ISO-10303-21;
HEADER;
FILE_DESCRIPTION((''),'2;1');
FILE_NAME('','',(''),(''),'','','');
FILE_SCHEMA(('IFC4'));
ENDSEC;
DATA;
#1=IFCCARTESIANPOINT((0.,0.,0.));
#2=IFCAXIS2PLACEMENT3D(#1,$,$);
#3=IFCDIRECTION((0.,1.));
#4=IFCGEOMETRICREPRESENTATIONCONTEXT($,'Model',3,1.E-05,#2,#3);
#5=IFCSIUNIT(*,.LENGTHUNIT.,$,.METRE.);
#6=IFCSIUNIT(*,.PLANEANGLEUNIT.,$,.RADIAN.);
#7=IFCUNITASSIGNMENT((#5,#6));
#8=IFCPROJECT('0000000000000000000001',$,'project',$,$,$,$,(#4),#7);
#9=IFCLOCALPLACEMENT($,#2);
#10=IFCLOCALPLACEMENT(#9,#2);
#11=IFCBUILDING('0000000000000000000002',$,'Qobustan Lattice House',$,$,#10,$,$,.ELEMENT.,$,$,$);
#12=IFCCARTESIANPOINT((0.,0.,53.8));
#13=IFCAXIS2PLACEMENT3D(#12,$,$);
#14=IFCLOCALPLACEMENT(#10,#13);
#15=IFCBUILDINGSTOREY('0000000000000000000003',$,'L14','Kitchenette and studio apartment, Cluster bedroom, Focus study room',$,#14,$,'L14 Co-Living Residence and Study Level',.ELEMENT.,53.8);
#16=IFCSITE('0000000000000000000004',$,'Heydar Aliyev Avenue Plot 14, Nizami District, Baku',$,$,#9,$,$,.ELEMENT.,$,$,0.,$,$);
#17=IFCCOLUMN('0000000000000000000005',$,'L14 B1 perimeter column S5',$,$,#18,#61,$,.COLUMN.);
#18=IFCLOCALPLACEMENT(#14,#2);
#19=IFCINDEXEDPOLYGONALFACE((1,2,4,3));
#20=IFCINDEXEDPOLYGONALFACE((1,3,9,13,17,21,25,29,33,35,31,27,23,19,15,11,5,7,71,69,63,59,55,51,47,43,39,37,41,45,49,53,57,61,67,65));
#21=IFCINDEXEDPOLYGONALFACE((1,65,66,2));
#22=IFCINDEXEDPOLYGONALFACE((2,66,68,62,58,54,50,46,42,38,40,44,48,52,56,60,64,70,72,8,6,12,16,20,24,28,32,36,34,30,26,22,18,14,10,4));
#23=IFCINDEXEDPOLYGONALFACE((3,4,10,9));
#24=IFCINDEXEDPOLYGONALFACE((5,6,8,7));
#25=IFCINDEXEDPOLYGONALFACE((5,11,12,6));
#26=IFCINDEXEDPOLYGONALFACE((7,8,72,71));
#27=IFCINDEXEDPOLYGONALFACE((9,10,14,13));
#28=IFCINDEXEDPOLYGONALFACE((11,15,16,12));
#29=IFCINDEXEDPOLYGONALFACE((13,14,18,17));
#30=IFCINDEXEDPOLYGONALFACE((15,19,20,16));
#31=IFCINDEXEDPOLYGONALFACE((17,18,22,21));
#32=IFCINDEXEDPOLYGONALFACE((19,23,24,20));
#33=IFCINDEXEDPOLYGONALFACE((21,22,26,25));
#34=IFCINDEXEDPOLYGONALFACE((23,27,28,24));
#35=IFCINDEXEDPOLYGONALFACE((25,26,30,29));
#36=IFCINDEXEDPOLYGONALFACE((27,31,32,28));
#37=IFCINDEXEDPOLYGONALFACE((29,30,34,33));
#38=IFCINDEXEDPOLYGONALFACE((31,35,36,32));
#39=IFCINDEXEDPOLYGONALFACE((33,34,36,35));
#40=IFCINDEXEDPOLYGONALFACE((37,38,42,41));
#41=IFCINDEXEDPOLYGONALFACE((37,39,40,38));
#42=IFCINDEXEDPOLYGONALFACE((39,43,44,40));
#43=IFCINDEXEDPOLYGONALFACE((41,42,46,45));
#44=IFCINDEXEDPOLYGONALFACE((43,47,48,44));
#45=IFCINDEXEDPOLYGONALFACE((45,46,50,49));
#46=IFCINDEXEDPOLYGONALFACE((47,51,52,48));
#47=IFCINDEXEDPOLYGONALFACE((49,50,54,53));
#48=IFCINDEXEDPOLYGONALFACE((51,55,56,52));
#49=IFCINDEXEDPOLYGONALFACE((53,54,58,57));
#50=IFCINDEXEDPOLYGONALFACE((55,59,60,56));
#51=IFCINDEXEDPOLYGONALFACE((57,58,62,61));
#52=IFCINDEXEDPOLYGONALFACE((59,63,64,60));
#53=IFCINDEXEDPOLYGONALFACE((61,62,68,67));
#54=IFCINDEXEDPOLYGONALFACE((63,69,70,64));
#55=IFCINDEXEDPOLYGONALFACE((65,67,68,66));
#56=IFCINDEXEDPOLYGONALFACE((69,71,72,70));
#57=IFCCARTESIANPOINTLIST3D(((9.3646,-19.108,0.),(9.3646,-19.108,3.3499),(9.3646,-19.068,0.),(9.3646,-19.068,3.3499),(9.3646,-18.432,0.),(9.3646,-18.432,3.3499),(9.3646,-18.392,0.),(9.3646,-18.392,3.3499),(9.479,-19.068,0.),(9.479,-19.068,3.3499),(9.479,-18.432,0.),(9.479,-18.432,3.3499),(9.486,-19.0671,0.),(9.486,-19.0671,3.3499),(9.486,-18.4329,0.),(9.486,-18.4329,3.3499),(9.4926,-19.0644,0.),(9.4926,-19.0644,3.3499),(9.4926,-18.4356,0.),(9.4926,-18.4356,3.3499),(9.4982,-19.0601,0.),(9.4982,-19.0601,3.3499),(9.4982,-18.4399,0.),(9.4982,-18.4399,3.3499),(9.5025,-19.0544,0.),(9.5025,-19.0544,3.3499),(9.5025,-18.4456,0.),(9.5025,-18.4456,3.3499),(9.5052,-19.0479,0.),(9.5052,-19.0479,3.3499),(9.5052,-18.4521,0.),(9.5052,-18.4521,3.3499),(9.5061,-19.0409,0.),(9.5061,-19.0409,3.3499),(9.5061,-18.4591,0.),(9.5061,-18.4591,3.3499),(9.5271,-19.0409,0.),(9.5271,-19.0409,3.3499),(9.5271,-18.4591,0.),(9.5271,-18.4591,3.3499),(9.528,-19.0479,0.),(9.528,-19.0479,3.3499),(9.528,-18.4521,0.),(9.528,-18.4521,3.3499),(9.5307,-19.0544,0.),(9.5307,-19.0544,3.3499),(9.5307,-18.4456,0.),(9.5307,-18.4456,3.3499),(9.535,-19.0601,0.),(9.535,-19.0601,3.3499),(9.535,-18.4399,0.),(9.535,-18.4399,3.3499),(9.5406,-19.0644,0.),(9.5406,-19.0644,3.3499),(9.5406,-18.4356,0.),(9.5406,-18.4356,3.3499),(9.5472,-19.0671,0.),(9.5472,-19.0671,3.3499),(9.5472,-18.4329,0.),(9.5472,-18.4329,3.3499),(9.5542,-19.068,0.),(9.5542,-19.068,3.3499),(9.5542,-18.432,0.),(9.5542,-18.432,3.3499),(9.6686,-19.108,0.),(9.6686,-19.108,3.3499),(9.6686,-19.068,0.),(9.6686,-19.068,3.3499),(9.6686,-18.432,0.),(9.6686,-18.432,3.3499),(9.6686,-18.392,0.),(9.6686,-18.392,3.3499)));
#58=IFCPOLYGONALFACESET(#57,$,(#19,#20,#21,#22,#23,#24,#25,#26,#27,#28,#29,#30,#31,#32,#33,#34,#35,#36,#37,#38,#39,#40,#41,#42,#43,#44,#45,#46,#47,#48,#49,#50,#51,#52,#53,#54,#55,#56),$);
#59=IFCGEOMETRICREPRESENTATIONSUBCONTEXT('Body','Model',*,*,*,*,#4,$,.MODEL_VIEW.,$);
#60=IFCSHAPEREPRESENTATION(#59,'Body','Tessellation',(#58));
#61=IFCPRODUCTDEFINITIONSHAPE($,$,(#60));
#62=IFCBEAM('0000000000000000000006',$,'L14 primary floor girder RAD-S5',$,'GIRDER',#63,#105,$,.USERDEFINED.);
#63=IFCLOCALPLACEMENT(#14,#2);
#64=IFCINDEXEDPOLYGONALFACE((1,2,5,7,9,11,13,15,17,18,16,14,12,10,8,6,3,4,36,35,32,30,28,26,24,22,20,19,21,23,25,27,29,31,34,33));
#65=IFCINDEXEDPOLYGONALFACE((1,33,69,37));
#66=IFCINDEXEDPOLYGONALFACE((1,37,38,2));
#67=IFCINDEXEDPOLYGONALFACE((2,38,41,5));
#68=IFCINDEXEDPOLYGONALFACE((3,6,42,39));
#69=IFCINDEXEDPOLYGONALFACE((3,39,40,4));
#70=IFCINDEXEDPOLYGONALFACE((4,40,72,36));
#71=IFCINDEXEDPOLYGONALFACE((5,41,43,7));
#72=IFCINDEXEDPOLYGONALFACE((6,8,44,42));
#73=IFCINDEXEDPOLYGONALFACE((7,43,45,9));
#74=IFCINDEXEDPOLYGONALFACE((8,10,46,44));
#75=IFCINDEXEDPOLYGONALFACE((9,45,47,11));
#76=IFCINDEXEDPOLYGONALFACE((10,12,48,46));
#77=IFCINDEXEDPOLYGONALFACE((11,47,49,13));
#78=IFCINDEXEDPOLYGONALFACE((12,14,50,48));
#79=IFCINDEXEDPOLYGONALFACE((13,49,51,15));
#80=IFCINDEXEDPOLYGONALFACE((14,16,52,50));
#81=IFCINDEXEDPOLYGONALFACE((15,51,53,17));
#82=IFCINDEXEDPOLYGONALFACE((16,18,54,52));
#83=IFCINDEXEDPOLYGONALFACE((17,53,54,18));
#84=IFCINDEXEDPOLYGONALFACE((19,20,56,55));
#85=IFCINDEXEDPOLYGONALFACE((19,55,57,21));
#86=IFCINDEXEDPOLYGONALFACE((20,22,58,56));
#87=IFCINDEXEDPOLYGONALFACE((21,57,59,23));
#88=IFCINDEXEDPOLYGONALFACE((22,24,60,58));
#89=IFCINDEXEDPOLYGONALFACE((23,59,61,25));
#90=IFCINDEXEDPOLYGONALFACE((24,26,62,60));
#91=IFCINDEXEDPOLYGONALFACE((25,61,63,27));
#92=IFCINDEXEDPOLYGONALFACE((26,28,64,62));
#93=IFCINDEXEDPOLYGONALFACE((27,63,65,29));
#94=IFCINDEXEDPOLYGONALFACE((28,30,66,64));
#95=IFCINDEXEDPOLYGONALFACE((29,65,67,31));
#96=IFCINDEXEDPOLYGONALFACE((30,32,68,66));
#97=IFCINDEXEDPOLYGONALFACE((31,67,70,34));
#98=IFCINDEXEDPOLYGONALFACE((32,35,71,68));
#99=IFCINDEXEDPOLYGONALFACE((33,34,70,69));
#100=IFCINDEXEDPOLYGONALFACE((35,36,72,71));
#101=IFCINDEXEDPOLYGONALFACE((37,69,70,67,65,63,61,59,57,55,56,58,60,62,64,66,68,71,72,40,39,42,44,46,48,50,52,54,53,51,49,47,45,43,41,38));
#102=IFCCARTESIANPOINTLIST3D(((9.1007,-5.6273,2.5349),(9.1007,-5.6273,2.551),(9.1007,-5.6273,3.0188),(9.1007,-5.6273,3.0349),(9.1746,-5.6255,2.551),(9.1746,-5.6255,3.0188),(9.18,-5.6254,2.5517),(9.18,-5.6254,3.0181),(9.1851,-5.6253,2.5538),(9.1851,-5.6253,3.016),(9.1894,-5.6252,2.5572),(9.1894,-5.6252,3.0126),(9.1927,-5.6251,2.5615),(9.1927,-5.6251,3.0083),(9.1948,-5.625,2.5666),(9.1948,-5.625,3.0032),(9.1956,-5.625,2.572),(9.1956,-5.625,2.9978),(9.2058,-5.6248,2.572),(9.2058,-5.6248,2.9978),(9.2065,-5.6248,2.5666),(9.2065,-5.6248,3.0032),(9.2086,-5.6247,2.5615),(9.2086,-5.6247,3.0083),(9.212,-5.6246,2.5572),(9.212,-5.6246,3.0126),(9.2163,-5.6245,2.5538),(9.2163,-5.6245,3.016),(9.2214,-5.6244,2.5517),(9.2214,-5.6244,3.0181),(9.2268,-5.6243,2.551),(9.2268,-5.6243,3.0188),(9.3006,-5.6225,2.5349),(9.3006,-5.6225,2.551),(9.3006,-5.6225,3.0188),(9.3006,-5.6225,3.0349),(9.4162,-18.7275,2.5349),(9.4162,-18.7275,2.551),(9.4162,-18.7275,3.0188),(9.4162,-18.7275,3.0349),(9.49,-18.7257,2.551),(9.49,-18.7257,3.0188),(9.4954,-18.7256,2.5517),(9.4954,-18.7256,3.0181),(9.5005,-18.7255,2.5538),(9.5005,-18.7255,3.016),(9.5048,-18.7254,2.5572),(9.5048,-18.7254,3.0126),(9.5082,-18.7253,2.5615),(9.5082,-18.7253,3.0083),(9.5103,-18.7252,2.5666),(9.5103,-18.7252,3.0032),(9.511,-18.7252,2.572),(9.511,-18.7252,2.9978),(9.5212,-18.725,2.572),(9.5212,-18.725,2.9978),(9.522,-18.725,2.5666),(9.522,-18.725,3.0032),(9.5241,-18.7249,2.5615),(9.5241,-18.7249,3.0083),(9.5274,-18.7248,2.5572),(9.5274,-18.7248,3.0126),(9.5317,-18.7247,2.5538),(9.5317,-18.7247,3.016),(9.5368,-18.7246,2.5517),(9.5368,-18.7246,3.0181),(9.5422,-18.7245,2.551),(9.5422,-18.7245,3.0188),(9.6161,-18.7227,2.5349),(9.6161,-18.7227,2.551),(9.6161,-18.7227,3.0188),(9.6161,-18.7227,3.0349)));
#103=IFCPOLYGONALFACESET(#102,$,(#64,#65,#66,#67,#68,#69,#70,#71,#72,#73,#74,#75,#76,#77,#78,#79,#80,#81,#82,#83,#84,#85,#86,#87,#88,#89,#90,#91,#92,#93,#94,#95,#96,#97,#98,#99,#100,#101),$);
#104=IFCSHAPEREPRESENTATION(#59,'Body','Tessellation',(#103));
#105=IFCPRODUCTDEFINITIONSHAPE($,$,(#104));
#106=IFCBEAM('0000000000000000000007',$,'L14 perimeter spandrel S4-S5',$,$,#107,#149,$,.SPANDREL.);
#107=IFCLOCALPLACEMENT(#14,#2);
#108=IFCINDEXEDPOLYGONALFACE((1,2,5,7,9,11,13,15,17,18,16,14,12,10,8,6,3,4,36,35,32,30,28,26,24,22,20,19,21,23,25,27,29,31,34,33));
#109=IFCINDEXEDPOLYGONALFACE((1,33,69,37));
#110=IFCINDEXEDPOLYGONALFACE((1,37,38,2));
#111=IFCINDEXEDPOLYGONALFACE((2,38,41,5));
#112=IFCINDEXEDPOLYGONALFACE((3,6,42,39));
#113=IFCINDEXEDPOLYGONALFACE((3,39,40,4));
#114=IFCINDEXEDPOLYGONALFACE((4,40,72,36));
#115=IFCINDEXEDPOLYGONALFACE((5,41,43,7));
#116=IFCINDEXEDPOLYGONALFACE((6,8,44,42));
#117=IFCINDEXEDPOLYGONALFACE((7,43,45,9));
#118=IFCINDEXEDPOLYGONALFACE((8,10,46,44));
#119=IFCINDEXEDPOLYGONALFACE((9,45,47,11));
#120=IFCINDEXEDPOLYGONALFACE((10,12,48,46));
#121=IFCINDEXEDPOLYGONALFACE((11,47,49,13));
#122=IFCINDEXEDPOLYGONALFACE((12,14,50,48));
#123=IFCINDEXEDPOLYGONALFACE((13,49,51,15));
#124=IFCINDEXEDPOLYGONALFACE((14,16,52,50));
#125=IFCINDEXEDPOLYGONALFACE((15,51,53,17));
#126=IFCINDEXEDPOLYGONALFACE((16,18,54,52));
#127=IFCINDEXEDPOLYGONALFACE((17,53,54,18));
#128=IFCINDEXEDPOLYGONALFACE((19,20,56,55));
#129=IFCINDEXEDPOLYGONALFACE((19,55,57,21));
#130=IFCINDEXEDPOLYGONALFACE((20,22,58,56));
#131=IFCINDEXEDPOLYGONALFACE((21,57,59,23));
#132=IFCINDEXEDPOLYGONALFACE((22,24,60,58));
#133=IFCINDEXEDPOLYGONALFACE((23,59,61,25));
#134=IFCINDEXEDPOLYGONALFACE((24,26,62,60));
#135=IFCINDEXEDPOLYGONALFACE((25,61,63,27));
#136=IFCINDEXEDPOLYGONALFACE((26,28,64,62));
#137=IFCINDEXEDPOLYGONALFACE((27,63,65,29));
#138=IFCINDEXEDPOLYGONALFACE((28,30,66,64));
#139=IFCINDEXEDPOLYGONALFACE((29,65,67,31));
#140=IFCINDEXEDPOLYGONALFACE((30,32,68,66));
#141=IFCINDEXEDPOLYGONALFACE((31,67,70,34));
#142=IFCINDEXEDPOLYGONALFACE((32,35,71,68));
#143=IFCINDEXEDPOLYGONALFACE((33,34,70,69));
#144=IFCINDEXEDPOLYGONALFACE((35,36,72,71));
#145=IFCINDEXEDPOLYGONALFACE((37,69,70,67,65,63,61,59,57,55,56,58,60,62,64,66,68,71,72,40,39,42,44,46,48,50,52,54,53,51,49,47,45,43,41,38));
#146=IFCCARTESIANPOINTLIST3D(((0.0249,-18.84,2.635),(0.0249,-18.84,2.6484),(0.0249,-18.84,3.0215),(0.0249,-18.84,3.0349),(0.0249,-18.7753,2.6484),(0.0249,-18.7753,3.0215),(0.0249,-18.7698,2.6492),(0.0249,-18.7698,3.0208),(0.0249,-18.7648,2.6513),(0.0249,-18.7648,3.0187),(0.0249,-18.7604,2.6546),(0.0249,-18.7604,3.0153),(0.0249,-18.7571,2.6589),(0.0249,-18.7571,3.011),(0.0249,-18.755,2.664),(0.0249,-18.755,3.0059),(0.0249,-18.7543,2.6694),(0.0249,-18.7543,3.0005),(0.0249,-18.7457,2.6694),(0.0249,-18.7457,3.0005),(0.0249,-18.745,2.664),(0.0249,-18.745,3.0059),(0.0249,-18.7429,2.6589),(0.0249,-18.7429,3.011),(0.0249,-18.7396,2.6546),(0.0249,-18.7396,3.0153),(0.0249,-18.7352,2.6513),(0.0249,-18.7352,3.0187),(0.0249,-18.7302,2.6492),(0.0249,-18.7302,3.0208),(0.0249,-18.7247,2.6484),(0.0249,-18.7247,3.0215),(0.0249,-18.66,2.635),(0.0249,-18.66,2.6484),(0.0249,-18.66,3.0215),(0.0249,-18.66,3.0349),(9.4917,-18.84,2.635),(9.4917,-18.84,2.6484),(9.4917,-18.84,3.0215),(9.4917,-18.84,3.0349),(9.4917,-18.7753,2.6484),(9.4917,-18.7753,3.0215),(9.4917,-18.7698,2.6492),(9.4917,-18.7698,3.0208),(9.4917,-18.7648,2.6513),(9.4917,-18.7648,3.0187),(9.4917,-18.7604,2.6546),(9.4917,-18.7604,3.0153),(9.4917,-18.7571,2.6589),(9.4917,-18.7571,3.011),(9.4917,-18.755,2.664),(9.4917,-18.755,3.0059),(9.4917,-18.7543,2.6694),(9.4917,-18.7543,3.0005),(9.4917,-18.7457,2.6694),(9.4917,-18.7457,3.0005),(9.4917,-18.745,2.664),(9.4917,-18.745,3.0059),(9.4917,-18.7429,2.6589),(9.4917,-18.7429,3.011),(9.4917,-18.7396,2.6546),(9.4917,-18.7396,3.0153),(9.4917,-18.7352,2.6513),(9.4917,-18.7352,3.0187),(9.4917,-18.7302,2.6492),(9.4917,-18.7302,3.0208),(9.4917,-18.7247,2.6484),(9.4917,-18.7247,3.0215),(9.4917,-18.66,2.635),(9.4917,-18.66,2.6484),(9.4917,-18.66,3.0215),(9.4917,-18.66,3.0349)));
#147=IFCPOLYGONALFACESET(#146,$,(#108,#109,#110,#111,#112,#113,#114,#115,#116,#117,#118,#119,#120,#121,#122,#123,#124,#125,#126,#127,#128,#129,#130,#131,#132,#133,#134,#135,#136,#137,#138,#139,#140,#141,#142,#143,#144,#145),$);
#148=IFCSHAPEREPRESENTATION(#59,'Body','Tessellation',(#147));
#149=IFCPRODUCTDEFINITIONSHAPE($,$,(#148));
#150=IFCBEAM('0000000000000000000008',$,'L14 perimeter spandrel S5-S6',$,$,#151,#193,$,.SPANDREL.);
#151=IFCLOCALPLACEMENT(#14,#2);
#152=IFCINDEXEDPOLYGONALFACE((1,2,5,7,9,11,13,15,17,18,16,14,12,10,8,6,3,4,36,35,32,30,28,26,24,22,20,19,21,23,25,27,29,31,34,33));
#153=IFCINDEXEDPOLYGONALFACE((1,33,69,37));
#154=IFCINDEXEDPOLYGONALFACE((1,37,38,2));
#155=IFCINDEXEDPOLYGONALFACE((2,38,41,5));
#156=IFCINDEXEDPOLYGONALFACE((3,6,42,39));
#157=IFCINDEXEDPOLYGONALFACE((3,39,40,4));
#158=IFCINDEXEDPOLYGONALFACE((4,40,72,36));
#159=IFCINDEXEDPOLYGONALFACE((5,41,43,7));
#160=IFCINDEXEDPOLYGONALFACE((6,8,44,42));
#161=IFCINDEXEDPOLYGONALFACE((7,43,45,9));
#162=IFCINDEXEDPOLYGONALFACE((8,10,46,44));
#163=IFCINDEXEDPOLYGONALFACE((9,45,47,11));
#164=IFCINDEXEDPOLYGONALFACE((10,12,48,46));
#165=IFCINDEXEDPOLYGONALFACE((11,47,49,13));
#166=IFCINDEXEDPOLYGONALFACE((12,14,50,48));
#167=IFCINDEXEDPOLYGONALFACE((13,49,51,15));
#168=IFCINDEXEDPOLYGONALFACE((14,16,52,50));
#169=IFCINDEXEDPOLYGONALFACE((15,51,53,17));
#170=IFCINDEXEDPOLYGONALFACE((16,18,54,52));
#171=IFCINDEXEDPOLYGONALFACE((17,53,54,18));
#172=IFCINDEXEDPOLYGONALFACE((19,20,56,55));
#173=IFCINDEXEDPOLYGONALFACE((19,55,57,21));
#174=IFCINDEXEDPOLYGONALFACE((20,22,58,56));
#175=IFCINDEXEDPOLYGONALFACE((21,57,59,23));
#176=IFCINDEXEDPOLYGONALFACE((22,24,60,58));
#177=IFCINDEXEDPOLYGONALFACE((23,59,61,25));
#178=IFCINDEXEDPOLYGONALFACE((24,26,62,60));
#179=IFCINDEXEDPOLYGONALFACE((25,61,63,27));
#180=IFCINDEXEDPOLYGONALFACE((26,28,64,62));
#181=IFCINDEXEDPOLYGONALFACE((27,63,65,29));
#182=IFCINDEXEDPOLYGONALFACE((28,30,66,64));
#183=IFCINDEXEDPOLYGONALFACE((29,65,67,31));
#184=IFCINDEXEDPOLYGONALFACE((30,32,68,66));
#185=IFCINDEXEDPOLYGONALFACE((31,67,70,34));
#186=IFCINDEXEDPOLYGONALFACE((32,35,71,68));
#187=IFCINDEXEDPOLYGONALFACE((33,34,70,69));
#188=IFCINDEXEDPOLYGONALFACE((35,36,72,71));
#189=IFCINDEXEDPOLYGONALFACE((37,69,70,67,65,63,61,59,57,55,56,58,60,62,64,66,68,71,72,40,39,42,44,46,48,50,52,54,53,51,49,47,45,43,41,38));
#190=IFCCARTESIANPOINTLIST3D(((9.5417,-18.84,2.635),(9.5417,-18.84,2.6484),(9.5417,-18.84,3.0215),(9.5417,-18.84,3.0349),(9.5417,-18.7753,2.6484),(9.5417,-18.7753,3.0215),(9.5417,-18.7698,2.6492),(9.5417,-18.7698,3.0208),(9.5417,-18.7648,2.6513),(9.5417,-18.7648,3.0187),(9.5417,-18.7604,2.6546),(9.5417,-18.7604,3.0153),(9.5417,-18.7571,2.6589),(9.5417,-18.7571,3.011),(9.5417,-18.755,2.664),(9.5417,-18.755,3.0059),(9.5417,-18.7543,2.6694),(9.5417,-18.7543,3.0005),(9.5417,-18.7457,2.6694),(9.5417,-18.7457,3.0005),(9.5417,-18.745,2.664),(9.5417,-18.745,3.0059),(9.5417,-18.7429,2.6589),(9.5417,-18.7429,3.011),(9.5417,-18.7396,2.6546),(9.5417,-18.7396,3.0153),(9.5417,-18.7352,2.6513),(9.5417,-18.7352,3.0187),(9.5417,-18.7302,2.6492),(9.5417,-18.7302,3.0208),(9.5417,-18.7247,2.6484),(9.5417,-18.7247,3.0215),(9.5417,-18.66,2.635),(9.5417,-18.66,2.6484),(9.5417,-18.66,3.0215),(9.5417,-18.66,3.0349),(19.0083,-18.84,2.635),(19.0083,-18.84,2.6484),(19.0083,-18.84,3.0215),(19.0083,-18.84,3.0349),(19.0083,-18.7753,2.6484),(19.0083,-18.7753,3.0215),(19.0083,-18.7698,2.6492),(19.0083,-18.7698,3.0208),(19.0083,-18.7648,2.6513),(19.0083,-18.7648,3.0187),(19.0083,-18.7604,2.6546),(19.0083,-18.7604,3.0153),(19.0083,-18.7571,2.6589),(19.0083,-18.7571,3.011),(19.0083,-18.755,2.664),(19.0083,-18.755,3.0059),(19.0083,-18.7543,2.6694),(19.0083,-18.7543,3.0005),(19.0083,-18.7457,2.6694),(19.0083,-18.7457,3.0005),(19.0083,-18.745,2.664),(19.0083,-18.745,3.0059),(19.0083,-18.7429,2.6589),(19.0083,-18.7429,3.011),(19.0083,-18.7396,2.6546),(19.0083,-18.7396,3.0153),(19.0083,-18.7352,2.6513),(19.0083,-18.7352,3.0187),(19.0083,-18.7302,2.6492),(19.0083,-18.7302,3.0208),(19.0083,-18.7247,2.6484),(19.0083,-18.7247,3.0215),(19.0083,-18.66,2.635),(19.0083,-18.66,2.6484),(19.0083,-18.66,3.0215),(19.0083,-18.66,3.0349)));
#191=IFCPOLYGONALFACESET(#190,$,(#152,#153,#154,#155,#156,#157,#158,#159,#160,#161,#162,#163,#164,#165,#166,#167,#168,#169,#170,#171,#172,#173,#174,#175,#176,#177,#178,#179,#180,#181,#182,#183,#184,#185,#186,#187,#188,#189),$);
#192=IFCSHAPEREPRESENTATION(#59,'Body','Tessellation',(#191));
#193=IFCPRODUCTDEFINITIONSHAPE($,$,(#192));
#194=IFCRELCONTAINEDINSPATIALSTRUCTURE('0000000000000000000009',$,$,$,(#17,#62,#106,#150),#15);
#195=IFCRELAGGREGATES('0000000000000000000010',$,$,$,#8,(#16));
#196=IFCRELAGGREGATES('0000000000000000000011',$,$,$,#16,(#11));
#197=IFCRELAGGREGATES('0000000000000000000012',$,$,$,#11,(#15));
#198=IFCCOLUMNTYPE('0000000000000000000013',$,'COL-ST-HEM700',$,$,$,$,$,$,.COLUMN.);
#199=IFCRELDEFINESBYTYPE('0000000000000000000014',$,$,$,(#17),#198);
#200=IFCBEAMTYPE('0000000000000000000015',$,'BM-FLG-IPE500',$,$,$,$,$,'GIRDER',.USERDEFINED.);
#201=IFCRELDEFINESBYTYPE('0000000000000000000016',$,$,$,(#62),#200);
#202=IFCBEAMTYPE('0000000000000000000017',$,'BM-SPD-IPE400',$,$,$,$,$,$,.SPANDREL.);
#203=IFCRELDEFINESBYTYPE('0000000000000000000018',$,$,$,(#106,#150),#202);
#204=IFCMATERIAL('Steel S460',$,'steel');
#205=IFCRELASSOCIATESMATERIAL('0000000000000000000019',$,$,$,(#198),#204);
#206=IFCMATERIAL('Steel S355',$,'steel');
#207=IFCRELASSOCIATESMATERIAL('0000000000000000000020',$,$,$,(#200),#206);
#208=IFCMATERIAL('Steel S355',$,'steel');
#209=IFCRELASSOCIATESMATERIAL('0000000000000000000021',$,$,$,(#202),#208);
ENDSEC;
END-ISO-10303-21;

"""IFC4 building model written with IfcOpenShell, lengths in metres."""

from ifc_helpers import new_model, si_unit, direction, frame, origin, origin_2d, place, context, subcontext, project, spatial, i_section, extrude, material, material_profile, profile_set, type_object, element, save


model = new_model("IFC4")

# Units and contexts
model_context = context("Model", 3, precision=1e-05, world=origin(), true_north=direction((0.0, 1.0)))
body_context = subcontext(model_context, "Body", "Model", "MODEL_VIEW")
ifc_project = project(units=[si_unit("LENGTHUNIT", "METRE"), si_unit("PLANEANGLEUNIT", "RADIAN")], contexts=[model_context])

# Site, building, storey
site_placement = place(None, origin())
site = spatial("IfcSite", under=ifc_project, at=site_placement, Name="Heydar Aliyev Avenue Plot 14, Nizami District, Baku", CompositionType="ELEMENT", RefElevation=0.0)
building_placement = place(site_placement, origin())
building = spatial("IfcBuilding", under=site, at=building_placement, Name="Qobustan Lattice House", CompositionType="ELEMENT")
storey_placement = place(building_placement, frame((0.0, 0.0, 53.8)))
storey = spatial("IfcBuildingStorey", under=building, at=storey_placement, Name="L14", Description="Kitchenette and studio apartment, Cluster bedroom, Focus study room", LongName="L14 Co-Living Residence and Study Level", CompositionType="ELEMENT", Elevation=53.8)

# Column
ifc_material_1 = material(Name="Steel S460", Category="steel")
ifc_material_profile_1 = material_profile(ifc_material_1, i_section(OverallWidth=0.304, OverallDepth=0.7161, WebThickness=0.021, FlangeThickness=0.04, FilletRadius=0.0271, at=origin_2d()), Name="HEM700")
ifc_profile_set_1 = profile_set([ifc_material_profile_1], Name="Steel S460")
column_type = type_object("IfcColumnType", Name="COL-ST-HEM700", PredefinedType="COLUMN", material=ifc_profile_set_1)
column_placement = place(storey_placement, frame((9.5166, -18.75, 0.0), z_axis=(0.0, 0.0, 1.0), x_axis=(1.0, 0.0, 0.0)))
element("IfcColumn", 1, at=column_placement, inside=storey, type_object=column_type, Name="L14 B1 perimeter column S5", PredefinedType="COLUMN", context=body_context, shape_type="SweptSolid", body=[
    extrude(i_section(OverallWidth=0.304, OverallDepth=0.7161, WebThickness=0.021, FlangeThickness=0.04, FilletRadius=0.0271, at=origin_2d()), origin(), (0.0, 0.0, 1.0), 3.3499),
])

# Beams
ifc_material_2 = material(Name="Steel S355", Category="steel")
ifc_material_profile_2 = material_profile(ifc_material_2, i_section(OverallWidth=0.2, OverallDepth=0.5, WebThickness=0.0103, FlangeThickness=0.0161, FilletRadius=0.021, at=origin_2d()), Name="IPE500")
ifc_profile_set_2 = profile_set([ifc_material_profile_2], Name="Steel S355")
beam_type_1 = type_object("IfcBeamType", Name="BM-FLG-IPE500", ElementType="GIRDER", PredefinedType="USERDEFINED", material=ifc_profile_set_2)
beam_1_placement = place(storey_placement, frame((9.5161, -18.7251, 2.7849), z_axis=(-0.024071, 0.99971, 0.0), x_axis=(-0.99971, -0.024071, 0.0)))
element("IfcBeam", 2, at=beam_1_placement, inside=storey, type_object=beam_type_1, Name="L14 primary floor girder RAD-S5", ObjectType="GIRDER", PredefinedType="USERDEFINED", context=body_context, shape_type="SweptSolid", body=[
    extrude(i_section(OverallWidth=0.2, OverallDepth=0.5, WebThickness=0.0103, FlangeThickness=0.0161, FilletRadius=0.021, at=origin_2d()), origin(), (0.0, 0.0, 1.0), 13.104),
])
ifc_material_3 = material(Name="Steel S355", Category="steel")
ifc_material_profile_3 = material_profile(ifc_material_3, i_section(OverallWidth=0.1799, OverallDepth=0.3999, WebThickness=0.0085, FlangeThickness=0.0134, FilletRadius=0.021, at=origin_2d()), Name="IPE400")
ifc_profile_set_3 = profile_set([ifc_material_profile_3], Name="Steel S355")
beam_type_2 = type_object("IfcBeamType", Name="BM-SPD-IPE400", PredefinedType="SPANDREL", material=ifc_profile_set_3)
beam_2_placement = place(storey_placement, frame((0.0249, -18.75, 2.835), z_axis=(1.0, 0.0, 0.0), x_axis=(0.0, 1.0, 0.0)))
element("IfcBeam", 3, at=beam_2_placement, inside=storey, type_object=beam_type_2, Name="L14 perimeter spandrel S4-S5", PredefinedType="SPANDREL", context=body_context, shape_type="SweptSolid", body=[
    extrude(i_section(OverallWidth=0.1799, OverallDepth=0.3999, WebThickness=0.0085, FlangeThickness=0.0134, FilletRadius=0.021, at=origin_2d()), origin(), (0.0, 0.0, 1.0), 9.4668),
])
beam_3_placement = place(storey_placement, frame((9.5417, -18.75, 2.835), z_axis=(1.0, 0.0, 0.0), x_axis=(0.0, 1.0, 0.0)))
element("IfcBeam", 4, at=beam_3_placement, inside=storey, type_object=beam_type_2, Name="L14 perimeter spandrel S5-S6", PredefinedType="SPANDREL", context=body_context, shape_type="SweptSolid", body=[
    extrude(i_section(OverallWidth=0.1799, OverallDepth=0.3999, WebThickness=0.0085, FlangeThickness=0.0134, FilletRadius=0.021, at=origin_2d()), origin(), (0.0, 0.0, 1.0), 9.4666),
])

save(model, "model.ifc")
